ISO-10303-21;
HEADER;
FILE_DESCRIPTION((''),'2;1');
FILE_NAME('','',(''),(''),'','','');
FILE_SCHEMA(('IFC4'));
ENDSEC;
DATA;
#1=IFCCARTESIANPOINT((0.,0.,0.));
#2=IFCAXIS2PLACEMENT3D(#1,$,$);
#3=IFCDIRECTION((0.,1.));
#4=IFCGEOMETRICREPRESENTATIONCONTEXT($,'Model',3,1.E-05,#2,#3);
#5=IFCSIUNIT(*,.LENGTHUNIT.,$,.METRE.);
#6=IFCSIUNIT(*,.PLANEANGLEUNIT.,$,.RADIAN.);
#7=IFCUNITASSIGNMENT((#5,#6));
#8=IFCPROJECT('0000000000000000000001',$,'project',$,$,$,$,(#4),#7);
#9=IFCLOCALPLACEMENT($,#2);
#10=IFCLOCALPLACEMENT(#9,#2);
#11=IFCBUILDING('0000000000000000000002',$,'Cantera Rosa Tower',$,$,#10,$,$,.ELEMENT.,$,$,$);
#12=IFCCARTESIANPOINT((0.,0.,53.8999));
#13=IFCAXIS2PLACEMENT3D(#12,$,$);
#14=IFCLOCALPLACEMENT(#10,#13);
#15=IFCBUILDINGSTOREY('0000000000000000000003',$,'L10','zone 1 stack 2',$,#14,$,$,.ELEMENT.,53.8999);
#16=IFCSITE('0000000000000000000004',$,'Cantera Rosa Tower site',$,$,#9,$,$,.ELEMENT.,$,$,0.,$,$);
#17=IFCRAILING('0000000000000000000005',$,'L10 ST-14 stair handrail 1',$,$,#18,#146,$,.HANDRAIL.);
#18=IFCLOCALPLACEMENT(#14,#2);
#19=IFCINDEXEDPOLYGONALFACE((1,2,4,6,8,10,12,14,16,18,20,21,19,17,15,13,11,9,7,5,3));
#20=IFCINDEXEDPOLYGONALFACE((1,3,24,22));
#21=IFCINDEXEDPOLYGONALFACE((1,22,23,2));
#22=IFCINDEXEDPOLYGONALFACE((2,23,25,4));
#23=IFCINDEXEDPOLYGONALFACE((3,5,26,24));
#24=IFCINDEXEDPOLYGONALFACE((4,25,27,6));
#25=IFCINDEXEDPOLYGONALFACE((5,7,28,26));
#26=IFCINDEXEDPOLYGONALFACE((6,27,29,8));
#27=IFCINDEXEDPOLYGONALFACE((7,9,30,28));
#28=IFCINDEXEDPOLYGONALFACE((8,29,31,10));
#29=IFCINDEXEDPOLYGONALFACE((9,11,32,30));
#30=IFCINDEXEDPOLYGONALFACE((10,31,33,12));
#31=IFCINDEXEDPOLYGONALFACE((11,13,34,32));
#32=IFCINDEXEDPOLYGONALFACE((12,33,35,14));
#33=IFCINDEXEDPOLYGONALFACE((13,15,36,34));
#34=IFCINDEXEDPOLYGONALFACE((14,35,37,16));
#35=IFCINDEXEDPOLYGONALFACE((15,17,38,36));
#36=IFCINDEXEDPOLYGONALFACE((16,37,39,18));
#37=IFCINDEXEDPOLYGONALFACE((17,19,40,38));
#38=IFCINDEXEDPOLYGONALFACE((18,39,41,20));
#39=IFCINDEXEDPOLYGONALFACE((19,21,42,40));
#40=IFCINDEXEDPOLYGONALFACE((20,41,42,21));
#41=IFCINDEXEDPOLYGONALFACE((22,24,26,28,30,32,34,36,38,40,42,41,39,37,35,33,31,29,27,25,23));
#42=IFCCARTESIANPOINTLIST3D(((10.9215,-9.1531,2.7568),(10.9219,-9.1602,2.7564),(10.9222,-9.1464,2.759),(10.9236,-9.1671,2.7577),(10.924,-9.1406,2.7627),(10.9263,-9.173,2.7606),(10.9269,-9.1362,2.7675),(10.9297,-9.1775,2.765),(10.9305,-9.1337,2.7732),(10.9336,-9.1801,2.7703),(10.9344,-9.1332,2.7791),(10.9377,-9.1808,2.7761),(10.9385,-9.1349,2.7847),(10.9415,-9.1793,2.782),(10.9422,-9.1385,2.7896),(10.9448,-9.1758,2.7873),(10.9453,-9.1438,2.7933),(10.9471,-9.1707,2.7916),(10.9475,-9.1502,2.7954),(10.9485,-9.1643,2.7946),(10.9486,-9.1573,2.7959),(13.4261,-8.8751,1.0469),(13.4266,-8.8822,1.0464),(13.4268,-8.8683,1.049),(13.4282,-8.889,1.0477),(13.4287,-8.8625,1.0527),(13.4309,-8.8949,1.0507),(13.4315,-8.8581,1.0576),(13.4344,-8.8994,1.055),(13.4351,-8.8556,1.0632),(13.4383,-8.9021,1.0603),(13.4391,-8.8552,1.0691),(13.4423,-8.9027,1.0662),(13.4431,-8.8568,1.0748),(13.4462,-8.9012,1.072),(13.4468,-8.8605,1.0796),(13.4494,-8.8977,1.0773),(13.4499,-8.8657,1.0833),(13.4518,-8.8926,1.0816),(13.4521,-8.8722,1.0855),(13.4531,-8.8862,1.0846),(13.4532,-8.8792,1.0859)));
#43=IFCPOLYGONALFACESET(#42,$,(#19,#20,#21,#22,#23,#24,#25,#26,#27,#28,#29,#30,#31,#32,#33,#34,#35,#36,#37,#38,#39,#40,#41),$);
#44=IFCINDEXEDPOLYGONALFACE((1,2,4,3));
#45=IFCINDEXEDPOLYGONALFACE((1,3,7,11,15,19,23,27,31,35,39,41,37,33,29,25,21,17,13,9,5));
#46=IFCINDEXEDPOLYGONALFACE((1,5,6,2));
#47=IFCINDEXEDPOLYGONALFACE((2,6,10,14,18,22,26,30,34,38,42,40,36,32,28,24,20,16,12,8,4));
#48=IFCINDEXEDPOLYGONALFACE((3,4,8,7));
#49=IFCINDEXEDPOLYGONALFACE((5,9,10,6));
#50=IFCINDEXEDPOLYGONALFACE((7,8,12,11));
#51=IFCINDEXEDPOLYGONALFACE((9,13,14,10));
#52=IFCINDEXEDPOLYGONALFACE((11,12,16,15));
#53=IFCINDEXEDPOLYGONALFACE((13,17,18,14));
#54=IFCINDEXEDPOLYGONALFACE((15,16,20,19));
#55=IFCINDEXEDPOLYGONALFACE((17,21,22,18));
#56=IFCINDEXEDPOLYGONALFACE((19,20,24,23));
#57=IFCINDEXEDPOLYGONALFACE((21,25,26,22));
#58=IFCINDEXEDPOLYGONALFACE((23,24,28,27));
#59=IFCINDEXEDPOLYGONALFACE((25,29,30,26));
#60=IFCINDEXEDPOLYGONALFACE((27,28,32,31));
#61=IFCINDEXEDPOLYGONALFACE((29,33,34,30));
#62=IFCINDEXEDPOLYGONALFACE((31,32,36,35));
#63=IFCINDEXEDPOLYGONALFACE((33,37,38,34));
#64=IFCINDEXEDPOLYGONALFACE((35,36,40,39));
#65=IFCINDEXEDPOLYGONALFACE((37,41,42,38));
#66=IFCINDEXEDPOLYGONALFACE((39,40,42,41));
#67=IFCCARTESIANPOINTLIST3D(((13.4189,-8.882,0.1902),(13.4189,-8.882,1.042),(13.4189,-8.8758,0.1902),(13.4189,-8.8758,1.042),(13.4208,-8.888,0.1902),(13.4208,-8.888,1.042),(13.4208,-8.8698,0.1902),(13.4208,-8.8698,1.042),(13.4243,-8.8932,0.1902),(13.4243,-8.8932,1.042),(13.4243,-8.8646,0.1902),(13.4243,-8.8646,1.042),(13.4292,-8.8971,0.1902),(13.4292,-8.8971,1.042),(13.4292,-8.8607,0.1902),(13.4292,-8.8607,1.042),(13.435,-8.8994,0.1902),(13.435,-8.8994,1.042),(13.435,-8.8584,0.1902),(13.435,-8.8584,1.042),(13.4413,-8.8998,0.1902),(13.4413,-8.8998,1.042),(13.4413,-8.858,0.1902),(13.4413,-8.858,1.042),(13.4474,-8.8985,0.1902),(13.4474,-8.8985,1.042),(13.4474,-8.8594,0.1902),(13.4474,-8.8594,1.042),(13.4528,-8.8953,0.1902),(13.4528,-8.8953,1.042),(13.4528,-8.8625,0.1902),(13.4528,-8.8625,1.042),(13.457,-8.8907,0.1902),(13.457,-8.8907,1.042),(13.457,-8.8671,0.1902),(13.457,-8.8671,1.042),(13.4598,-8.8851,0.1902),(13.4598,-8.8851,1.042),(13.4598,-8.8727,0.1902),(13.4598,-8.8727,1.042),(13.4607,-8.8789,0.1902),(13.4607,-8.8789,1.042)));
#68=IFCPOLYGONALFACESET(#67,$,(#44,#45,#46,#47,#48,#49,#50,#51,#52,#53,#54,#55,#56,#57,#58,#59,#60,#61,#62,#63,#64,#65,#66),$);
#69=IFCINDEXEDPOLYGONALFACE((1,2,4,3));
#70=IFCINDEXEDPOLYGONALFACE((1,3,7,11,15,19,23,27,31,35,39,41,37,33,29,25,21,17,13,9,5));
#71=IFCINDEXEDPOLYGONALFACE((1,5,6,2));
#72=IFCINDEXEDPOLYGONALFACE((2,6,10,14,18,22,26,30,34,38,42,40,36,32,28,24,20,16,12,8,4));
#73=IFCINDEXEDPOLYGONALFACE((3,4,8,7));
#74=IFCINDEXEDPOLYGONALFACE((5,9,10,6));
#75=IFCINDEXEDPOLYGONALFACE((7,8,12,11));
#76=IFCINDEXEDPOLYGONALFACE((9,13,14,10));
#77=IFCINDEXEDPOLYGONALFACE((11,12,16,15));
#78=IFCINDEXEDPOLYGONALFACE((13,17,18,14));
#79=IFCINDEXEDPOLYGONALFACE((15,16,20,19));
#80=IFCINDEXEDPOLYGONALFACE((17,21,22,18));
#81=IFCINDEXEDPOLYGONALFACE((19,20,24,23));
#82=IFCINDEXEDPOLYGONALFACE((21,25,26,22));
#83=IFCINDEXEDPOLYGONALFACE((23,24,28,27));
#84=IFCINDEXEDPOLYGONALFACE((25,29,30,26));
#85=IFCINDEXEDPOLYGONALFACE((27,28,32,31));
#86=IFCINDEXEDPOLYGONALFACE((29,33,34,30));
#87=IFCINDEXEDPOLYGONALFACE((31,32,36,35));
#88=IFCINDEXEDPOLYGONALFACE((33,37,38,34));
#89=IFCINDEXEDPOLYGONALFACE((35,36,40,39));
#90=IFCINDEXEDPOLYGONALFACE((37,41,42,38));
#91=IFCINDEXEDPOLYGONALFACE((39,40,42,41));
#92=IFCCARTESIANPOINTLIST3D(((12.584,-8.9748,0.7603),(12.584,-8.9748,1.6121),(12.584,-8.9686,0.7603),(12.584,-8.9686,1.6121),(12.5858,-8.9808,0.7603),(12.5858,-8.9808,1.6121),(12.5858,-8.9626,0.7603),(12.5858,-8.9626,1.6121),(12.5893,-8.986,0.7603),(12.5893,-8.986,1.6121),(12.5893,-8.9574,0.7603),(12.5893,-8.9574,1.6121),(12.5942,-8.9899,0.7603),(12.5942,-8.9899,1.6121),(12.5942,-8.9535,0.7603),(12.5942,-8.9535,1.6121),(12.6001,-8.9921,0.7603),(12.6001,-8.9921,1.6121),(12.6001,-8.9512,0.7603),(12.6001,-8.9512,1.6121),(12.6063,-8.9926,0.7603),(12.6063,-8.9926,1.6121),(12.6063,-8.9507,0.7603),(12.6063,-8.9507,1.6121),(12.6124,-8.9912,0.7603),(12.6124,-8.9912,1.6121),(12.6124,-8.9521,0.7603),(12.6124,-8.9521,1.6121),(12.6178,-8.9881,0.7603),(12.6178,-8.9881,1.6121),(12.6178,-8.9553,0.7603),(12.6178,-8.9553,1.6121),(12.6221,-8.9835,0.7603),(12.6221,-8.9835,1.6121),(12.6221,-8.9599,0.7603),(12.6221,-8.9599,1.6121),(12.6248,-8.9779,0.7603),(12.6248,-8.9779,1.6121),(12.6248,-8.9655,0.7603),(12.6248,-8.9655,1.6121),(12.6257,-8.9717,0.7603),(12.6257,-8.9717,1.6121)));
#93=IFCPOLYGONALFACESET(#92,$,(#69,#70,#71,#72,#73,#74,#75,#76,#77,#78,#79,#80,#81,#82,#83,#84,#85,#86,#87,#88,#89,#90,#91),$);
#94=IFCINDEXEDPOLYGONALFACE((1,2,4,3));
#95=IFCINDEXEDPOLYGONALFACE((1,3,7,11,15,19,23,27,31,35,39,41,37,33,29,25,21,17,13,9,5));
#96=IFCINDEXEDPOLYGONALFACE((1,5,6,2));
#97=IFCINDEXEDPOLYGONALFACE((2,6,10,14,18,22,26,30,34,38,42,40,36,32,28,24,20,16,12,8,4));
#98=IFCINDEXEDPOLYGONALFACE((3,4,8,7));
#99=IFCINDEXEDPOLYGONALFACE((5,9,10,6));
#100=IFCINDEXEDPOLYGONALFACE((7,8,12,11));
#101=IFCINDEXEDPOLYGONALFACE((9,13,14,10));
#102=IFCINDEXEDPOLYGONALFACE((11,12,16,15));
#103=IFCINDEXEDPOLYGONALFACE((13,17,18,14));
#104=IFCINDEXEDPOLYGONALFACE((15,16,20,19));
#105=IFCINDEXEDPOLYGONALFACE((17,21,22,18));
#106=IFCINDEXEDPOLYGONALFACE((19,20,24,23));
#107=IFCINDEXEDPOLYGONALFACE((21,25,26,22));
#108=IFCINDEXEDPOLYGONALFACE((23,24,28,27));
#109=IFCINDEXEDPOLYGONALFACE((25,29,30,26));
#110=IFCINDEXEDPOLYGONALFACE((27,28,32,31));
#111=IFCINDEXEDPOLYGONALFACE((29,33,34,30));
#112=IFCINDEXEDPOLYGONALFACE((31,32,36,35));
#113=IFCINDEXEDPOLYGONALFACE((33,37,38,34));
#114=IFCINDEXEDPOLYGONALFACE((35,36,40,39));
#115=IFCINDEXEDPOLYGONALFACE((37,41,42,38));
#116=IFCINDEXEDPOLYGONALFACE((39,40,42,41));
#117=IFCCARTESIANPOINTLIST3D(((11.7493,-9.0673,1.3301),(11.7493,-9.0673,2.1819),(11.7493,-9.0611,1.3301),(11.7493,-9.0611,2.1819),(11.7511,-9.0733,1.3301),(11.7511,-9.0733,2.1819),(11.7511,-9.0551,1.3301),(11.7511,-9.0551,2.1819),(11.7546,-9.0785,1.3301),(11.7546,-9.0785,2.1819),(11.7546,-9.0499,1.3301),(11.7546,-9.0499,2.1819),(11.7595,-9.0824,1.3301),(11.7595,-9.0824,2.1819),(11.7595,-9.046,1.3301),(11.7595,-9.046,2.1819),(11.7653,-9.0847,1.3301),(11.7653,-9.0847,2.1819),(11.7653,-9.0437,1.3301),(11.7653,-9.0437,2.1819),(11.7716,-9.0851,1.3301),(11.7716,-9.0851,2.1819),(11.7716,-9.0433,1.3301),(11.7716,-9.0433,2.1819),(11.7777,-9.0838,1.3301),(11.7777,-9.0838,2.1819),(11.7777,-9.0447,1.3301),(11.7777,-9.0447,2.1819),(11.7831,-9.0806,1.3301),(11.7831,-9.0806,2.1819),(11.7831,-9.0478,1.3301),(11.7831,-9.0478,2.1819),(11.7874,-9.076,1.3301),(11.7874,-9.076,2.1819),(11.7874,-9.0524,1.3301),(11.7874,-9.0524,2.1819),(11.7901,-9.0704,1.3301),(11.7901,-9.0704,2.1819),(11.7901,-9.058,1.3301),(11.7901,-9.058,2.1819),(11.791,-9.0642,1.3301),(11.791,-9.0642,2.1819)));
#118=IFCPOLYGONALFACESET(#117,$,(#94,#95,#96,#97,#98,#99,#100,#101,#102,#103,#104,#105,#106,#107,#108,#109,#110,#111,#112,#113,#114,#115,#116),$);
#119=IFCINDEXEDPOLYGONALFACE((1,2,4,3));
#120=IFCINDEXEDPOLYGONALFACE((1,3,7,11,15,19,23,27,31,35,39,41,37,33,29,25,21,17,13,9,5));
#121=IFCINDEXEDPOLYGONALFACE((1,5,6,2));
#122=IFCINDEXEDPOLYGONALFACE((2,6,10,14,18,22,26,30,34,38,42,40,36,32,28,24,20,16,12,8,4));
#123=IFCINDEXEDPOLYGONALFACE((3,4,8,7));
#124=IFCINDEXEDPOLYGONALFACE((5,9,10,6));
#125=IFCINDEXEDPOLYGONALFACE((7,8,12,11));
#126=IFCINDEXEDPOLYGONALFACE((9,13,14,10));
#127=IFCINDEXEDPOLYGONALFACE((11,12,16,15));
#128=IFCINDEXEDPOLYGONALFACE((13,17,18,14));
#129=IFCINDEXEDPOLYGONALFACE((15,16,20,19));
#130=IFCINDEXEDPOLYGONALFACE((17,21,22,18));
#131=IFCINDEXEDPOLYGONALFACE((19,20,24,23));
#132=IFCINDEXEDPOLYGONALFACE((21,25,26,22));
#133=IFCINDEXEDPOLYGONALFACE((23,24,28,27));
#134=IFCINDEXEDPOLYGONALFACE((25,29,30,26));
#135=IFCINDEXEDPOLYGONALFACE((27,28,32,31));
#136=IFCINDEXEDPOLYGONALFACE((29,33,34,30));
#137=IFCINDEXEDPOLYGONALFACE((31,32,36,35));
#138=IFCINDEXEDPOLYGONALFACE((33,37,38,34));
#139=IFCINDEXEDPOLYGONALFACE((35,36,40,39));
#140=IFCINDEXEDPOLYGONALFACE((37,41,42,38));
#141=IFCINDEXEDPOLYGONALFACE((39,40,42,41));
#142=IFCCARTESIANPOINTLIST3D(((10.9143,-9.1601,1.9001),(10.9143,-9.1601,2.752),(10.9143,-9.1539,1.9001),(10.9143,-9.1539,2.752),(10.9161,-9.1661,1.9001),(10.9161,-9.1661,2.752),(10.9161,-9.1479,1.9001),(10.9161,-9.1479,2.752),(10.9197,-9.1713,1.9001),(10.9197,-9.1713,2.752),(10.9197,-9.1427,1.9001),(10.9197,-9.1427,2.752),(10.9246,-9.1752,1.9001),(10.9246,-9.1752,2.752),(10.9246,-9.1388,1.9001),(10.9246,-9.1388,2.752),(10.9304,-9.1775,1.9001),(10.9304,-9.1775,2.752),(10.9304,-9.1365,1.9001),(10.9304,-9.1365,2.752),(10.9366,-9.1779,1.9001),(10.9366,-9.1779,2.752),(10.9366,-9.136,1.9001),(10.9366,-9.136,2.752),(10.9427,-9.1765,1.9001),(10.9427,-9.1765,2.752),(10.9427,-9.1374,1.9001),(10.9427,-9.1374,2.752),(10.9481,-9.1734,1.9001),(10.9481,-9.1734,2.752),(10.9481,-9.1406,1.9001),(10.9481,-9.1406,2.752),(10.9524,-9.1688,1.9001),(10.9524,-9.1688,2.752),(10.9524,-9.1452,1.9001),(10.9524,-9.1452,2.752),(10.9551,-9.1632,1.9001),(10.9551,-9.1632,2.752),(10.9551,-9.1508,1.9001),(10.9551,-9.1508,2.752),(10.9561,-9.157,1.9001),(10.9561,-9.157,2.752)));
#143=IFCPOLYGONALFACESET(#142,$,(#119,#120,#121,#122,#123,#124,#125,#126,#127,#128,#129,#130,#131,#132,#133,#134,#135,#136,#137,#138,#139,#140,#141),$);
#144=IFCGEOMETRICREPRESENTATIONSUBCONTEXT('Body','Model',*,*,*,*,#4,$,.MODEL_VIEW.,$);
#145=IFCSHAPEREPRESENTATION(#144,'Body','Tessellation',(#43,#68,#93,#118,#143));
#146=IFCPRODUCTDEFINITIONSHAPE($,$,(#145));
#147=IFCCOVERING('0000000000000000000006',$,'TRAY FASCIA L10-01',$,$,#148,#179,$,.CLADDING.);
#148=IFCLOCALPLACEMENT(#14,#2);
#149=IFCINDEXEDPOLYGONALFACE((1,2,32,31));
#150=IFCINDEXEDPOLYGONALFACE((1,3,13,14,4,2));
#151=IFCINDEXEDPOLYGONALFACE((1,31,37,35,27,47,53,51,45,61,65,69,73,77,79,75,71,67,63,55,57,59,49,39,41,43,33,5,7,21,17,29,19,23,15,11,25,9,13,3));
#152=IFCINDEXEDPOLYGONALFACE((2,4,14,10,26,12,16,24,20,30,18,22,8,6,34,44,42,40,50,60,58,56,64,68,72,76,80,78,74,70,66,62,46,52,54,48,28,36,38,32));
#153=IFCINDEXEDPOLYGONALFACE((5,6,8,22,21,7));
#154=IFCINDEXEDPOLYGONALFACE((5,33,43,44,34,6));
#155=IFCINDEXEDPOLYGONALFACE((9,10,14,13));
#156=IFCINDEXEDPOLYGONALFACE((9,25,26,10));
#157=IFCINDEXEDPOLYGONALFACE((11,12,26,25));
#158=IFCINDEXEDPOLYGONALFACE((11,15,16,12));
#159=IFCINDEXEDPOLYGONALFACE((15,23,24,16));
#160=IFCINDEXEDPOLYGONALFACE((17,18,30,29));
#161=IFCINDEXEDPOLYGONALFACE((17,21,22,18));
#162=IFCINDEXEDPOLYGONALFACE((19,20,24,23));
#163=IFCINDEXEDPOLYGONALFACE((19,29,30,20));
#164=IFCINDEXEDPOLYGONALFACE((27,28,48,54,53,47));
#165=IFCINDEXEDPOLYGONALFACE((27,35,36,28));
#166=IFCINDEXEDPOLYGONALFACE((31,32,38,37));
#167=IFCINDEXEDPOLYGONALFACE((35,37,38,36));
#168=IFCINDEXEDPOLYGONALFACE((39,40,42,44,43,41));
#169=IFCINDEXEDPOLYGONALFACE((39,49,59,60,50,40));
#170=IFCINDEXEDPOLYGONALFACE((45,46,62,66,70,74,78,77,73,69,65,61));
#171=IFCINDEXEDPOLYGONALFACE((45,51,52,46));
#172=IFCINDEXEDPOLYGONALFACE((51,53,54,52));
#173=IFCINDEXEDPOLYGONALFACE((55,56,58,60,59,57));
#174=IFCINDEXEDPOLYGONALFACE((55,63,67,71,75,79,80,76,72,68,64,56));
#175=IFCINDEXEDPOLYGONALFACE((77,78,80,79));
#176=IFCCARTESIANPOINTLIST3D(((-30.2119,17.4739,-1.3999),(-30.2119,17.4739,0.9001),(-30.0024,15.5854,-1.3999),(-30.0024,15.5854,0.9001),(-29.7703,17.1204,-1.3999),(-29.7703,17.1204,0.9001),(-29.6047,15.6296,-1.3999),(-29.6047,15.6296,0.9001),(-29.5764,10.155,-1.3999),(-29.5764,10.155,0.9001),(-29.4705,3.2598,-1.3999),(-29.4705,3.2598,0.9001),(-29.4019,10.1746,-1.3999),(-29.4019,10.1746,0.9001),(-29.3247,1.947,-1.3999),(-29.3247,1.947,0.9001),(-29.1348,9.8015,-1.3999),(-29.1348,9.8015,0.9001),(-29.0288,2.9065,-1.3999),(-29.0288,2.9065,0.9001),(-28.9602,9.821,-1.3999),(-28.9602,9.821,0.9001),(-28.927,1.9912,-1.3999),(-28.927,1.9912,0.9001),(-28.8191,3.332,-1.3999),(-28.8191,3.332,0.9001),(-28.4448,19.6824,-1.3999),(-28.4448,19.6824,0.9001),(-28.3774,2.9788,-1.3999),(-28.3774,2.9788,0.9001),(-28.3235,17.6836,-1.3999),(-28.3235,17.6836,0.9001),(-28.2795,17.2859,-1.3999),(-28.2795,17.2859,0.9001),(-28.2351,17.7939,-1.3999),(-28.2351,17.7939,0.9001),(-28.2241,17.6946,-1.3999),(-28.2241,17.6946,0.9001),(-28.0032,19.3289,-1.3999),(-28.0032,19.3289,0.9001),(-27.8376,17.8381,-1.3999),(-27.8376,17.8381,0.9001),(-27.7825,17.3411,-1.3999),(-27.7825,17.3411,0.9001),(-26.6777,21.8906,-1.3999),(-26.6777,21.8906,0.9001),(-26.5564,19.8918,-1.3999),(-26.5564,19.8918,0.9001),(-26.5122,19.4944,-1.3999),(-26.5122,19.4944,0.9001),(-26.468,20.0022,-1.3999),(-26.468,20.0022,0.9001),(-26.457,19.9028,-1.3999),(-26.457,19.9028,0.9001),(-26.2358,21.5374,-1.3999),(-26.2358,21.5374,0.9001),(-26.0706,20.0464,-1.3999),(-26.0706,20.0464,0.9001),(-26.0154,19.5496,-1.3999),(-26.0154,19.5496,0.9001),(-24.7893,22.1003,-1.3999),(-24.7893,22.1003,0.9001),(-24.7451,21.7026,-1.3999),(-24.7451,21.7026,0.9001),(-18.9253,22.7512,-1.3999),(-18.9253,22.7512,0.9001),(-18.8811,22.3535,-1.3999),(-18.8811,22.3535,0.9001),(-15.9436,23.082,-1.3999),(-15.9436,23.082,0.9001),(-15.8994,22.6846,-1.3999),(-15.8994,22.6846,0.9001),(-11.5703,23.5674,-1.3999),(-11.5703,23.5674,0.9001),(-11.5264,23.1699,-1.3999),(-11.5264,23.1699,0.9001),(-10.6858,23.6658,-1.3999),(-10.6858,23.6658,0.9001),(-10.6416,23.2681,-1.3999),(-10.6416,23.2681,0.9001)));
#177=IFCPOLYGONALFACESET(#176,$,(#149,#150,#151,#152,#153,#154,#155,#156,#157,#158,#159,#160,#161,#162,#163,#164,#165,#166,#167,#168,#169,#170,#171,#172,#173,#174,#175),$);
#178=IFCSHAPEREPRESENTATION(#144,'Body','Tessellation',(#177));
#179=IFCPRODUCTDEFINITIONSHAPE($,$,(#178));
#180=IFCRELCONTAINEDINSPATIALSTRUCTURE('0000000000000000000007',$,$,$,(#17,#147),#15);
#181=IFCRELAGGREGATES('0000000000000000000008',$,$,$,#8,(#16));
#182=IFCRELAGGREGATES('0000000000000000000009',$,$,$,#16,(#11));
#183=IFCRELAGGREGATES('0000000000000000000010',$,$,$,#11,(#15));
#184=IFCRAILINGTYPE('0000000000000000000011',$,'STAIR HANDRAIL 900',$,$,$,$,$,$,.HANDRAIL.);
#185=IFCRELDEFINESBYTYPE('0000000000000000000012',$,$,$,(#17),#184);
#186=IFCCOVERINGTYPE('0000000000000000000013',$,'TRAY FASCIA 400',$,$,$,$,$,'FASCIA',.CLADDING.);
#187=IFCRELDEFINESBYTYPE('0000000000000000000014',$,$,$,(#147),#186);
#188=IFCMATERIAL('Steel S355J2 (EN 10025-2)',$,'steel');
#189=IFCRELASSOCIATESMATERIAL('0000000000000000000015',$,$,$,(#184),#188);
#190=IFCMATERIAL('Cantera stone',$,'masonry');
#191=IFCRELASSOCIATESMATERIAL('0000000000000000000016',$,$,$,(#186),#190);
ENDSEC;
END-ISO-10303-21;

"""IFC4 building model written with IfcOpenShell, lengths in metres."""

from ifc_helpers import new_model, si_unit, direction, frame, origin, origin_2d, place, context, subcontext, project, spatial, polyline, circle, outline, extrude, material, type_object, element, save


model = new_model("IFC4")

# Units and contexts
model_context = context("Model", 3, precision=1e-05, world=origin(), true_north=direction((0.0, 1.0)))
body_context = subcontext(model_context, "Body", "Model", "MODEL_VIEW")
ifc_project = project(units=[si_unit("LENGTHUNIT", "METRE"), si_unit("PLANEANGLEUNIT", "RADIAN")], contexts=[model_context])

# Site, building, storey
site_placement = place(None, origin())
site = spatial("IfcSite", under=ifc_project, at=site_placement, Name="Cantera Rosa Tower site", CompositionType="ELEMENT", RefElevation=0.0)
building_placement = place(site_placement, origin())
building = spatial("IfcBuilding", under=site, at=building_placement, Name="Cantera Rosa Tower", CompositionType="ELEMENT")
storey_placement = place(building_placement, frame((0.0, 0.0, 53.8999)))
storey = spatial("IfcBuildingStorey", under=building, at=storey_placement, Name="L10", Description="zone 1 stack 2", CompositionType="ELEMENT", Elevation=53.8999)

# Railing
ifc_material_1 = material(Name="Steel S355J2 (EN 10025-2)", Category="steel")
railing_type_1 = type_object("IfcRailingType", Name="STAIR HANDRAIL 900", PredefinedType="HANDRAIL", material=ifc_material_1)
railing_1_placement = place(storey_placement, frame((13.4397, -8.8789, 0.1902)))
element("IfcRailing", 1, at=railing_1_placement, inside=storey, type_object=railing_type_1, Name="L10 ST-14 stair handrail 1", PredefinedType="HANDRAIL", context=body_context, shape_type="SweptSolid", body=[
    extrude(circle(Radius=0.0239, at=origin_2d()), frame((0.0, 0.0, 0.876), z_axis=(-0.822431, -0.09131, 0.561488), x_axis=(0.110346, -0.993893, 0.0)), (0.0, 0.0, 1.0), 3.0454),
    extrude(circle(Radius=0.021, at=origin_2d()), origin(), (0.0, 0.0, 1.0), 0.8518),
    extrude(circle(Radius=0.021, at=origin_2d()), frame((-0.835, -0.0928, 0.5701)), (0.0, 0.0, 1.0), 0.8518),
    extrude(circle(Radius=0.021, at=origin_2d()), frame((-1.6697, -0.1853, 1.1399)), (0.0, 0.0, 1.0), 0.8518),
    extrude(circle(Radius=0.021, at=origin_2d()), frame((-2.5046, -0.2781, 1.71)), (0.0, 0.0, 1.0), 0.8518),
])

# Covering
ifc_material_2 = material(Name="Cantera stone", Category="masonry")
covering_type = type_object("IfcCoveringType", Name="TRAY FASCIA 400", ElementType="FASCIA", PredefinedType="CLADDING", material=ifc_material_2)
covering_1_placement = place(storey_placement, frame((0.0, 0.0, -1.3999)))
element("IfcCovering", 2, at=covering_1_placement, inside=storey, type_object=covering_type, Name="TRAY FASCIA L10-01", PredefinedType="CLADDING", context=body_context, shape_type="SweptSolid", body=[
    extrude(outline(polyline([(-30.2119, 17.4739), (-28.3235, 17.6836), (-28.2241, 17.6946), (-28.2351, 17.7939), (-28.4448, 19.6824), (-26.5564, 19.8918), (-26.457, 19.9028), (-26.468, 20.0022), (-26.6777, 21.8906), (-24.7893, 22.1003), (-18.9253, 22.7512), (-15.9436, 23.082), (-11.5703, 23.5674), (-10.6858, 23.6658), (-10.6416, 23.2681), (-11.5264, 23.1699), (-15.8994, 22.6846), (-18.8811, 22.3535), (-24.7451, 21.7026), (-26.2358, 21.5374), (-26.0706, 20.0464), (-26.0154, 19.5496), (-26.5122, 19.4944), (-28.0032, 19.3289), (-27.8376, 17.8381), (-27.7825, 17.3411), (-28.2795, 17.2859), (-29.7703, 17.1204), (-29.6047, 15.6296), (-28.9602, 9.821), (-29.1348, 9.8015), (-28.3774, 2.9788), (-29.0288, 2.9065), (-28.927, 1.9912), (-29.3247, 1.947), (-29.4705, 3.2598), (-28.8191, 3.332), (-29.5764, 10.155), (-29.4019, 10.1746), (-30.0024, 15.5854), (-30.2119, 17.4739)])), origin(), (0.0, 0.0, 1.0), 2.3),
])

save(model, "model.ifc")
